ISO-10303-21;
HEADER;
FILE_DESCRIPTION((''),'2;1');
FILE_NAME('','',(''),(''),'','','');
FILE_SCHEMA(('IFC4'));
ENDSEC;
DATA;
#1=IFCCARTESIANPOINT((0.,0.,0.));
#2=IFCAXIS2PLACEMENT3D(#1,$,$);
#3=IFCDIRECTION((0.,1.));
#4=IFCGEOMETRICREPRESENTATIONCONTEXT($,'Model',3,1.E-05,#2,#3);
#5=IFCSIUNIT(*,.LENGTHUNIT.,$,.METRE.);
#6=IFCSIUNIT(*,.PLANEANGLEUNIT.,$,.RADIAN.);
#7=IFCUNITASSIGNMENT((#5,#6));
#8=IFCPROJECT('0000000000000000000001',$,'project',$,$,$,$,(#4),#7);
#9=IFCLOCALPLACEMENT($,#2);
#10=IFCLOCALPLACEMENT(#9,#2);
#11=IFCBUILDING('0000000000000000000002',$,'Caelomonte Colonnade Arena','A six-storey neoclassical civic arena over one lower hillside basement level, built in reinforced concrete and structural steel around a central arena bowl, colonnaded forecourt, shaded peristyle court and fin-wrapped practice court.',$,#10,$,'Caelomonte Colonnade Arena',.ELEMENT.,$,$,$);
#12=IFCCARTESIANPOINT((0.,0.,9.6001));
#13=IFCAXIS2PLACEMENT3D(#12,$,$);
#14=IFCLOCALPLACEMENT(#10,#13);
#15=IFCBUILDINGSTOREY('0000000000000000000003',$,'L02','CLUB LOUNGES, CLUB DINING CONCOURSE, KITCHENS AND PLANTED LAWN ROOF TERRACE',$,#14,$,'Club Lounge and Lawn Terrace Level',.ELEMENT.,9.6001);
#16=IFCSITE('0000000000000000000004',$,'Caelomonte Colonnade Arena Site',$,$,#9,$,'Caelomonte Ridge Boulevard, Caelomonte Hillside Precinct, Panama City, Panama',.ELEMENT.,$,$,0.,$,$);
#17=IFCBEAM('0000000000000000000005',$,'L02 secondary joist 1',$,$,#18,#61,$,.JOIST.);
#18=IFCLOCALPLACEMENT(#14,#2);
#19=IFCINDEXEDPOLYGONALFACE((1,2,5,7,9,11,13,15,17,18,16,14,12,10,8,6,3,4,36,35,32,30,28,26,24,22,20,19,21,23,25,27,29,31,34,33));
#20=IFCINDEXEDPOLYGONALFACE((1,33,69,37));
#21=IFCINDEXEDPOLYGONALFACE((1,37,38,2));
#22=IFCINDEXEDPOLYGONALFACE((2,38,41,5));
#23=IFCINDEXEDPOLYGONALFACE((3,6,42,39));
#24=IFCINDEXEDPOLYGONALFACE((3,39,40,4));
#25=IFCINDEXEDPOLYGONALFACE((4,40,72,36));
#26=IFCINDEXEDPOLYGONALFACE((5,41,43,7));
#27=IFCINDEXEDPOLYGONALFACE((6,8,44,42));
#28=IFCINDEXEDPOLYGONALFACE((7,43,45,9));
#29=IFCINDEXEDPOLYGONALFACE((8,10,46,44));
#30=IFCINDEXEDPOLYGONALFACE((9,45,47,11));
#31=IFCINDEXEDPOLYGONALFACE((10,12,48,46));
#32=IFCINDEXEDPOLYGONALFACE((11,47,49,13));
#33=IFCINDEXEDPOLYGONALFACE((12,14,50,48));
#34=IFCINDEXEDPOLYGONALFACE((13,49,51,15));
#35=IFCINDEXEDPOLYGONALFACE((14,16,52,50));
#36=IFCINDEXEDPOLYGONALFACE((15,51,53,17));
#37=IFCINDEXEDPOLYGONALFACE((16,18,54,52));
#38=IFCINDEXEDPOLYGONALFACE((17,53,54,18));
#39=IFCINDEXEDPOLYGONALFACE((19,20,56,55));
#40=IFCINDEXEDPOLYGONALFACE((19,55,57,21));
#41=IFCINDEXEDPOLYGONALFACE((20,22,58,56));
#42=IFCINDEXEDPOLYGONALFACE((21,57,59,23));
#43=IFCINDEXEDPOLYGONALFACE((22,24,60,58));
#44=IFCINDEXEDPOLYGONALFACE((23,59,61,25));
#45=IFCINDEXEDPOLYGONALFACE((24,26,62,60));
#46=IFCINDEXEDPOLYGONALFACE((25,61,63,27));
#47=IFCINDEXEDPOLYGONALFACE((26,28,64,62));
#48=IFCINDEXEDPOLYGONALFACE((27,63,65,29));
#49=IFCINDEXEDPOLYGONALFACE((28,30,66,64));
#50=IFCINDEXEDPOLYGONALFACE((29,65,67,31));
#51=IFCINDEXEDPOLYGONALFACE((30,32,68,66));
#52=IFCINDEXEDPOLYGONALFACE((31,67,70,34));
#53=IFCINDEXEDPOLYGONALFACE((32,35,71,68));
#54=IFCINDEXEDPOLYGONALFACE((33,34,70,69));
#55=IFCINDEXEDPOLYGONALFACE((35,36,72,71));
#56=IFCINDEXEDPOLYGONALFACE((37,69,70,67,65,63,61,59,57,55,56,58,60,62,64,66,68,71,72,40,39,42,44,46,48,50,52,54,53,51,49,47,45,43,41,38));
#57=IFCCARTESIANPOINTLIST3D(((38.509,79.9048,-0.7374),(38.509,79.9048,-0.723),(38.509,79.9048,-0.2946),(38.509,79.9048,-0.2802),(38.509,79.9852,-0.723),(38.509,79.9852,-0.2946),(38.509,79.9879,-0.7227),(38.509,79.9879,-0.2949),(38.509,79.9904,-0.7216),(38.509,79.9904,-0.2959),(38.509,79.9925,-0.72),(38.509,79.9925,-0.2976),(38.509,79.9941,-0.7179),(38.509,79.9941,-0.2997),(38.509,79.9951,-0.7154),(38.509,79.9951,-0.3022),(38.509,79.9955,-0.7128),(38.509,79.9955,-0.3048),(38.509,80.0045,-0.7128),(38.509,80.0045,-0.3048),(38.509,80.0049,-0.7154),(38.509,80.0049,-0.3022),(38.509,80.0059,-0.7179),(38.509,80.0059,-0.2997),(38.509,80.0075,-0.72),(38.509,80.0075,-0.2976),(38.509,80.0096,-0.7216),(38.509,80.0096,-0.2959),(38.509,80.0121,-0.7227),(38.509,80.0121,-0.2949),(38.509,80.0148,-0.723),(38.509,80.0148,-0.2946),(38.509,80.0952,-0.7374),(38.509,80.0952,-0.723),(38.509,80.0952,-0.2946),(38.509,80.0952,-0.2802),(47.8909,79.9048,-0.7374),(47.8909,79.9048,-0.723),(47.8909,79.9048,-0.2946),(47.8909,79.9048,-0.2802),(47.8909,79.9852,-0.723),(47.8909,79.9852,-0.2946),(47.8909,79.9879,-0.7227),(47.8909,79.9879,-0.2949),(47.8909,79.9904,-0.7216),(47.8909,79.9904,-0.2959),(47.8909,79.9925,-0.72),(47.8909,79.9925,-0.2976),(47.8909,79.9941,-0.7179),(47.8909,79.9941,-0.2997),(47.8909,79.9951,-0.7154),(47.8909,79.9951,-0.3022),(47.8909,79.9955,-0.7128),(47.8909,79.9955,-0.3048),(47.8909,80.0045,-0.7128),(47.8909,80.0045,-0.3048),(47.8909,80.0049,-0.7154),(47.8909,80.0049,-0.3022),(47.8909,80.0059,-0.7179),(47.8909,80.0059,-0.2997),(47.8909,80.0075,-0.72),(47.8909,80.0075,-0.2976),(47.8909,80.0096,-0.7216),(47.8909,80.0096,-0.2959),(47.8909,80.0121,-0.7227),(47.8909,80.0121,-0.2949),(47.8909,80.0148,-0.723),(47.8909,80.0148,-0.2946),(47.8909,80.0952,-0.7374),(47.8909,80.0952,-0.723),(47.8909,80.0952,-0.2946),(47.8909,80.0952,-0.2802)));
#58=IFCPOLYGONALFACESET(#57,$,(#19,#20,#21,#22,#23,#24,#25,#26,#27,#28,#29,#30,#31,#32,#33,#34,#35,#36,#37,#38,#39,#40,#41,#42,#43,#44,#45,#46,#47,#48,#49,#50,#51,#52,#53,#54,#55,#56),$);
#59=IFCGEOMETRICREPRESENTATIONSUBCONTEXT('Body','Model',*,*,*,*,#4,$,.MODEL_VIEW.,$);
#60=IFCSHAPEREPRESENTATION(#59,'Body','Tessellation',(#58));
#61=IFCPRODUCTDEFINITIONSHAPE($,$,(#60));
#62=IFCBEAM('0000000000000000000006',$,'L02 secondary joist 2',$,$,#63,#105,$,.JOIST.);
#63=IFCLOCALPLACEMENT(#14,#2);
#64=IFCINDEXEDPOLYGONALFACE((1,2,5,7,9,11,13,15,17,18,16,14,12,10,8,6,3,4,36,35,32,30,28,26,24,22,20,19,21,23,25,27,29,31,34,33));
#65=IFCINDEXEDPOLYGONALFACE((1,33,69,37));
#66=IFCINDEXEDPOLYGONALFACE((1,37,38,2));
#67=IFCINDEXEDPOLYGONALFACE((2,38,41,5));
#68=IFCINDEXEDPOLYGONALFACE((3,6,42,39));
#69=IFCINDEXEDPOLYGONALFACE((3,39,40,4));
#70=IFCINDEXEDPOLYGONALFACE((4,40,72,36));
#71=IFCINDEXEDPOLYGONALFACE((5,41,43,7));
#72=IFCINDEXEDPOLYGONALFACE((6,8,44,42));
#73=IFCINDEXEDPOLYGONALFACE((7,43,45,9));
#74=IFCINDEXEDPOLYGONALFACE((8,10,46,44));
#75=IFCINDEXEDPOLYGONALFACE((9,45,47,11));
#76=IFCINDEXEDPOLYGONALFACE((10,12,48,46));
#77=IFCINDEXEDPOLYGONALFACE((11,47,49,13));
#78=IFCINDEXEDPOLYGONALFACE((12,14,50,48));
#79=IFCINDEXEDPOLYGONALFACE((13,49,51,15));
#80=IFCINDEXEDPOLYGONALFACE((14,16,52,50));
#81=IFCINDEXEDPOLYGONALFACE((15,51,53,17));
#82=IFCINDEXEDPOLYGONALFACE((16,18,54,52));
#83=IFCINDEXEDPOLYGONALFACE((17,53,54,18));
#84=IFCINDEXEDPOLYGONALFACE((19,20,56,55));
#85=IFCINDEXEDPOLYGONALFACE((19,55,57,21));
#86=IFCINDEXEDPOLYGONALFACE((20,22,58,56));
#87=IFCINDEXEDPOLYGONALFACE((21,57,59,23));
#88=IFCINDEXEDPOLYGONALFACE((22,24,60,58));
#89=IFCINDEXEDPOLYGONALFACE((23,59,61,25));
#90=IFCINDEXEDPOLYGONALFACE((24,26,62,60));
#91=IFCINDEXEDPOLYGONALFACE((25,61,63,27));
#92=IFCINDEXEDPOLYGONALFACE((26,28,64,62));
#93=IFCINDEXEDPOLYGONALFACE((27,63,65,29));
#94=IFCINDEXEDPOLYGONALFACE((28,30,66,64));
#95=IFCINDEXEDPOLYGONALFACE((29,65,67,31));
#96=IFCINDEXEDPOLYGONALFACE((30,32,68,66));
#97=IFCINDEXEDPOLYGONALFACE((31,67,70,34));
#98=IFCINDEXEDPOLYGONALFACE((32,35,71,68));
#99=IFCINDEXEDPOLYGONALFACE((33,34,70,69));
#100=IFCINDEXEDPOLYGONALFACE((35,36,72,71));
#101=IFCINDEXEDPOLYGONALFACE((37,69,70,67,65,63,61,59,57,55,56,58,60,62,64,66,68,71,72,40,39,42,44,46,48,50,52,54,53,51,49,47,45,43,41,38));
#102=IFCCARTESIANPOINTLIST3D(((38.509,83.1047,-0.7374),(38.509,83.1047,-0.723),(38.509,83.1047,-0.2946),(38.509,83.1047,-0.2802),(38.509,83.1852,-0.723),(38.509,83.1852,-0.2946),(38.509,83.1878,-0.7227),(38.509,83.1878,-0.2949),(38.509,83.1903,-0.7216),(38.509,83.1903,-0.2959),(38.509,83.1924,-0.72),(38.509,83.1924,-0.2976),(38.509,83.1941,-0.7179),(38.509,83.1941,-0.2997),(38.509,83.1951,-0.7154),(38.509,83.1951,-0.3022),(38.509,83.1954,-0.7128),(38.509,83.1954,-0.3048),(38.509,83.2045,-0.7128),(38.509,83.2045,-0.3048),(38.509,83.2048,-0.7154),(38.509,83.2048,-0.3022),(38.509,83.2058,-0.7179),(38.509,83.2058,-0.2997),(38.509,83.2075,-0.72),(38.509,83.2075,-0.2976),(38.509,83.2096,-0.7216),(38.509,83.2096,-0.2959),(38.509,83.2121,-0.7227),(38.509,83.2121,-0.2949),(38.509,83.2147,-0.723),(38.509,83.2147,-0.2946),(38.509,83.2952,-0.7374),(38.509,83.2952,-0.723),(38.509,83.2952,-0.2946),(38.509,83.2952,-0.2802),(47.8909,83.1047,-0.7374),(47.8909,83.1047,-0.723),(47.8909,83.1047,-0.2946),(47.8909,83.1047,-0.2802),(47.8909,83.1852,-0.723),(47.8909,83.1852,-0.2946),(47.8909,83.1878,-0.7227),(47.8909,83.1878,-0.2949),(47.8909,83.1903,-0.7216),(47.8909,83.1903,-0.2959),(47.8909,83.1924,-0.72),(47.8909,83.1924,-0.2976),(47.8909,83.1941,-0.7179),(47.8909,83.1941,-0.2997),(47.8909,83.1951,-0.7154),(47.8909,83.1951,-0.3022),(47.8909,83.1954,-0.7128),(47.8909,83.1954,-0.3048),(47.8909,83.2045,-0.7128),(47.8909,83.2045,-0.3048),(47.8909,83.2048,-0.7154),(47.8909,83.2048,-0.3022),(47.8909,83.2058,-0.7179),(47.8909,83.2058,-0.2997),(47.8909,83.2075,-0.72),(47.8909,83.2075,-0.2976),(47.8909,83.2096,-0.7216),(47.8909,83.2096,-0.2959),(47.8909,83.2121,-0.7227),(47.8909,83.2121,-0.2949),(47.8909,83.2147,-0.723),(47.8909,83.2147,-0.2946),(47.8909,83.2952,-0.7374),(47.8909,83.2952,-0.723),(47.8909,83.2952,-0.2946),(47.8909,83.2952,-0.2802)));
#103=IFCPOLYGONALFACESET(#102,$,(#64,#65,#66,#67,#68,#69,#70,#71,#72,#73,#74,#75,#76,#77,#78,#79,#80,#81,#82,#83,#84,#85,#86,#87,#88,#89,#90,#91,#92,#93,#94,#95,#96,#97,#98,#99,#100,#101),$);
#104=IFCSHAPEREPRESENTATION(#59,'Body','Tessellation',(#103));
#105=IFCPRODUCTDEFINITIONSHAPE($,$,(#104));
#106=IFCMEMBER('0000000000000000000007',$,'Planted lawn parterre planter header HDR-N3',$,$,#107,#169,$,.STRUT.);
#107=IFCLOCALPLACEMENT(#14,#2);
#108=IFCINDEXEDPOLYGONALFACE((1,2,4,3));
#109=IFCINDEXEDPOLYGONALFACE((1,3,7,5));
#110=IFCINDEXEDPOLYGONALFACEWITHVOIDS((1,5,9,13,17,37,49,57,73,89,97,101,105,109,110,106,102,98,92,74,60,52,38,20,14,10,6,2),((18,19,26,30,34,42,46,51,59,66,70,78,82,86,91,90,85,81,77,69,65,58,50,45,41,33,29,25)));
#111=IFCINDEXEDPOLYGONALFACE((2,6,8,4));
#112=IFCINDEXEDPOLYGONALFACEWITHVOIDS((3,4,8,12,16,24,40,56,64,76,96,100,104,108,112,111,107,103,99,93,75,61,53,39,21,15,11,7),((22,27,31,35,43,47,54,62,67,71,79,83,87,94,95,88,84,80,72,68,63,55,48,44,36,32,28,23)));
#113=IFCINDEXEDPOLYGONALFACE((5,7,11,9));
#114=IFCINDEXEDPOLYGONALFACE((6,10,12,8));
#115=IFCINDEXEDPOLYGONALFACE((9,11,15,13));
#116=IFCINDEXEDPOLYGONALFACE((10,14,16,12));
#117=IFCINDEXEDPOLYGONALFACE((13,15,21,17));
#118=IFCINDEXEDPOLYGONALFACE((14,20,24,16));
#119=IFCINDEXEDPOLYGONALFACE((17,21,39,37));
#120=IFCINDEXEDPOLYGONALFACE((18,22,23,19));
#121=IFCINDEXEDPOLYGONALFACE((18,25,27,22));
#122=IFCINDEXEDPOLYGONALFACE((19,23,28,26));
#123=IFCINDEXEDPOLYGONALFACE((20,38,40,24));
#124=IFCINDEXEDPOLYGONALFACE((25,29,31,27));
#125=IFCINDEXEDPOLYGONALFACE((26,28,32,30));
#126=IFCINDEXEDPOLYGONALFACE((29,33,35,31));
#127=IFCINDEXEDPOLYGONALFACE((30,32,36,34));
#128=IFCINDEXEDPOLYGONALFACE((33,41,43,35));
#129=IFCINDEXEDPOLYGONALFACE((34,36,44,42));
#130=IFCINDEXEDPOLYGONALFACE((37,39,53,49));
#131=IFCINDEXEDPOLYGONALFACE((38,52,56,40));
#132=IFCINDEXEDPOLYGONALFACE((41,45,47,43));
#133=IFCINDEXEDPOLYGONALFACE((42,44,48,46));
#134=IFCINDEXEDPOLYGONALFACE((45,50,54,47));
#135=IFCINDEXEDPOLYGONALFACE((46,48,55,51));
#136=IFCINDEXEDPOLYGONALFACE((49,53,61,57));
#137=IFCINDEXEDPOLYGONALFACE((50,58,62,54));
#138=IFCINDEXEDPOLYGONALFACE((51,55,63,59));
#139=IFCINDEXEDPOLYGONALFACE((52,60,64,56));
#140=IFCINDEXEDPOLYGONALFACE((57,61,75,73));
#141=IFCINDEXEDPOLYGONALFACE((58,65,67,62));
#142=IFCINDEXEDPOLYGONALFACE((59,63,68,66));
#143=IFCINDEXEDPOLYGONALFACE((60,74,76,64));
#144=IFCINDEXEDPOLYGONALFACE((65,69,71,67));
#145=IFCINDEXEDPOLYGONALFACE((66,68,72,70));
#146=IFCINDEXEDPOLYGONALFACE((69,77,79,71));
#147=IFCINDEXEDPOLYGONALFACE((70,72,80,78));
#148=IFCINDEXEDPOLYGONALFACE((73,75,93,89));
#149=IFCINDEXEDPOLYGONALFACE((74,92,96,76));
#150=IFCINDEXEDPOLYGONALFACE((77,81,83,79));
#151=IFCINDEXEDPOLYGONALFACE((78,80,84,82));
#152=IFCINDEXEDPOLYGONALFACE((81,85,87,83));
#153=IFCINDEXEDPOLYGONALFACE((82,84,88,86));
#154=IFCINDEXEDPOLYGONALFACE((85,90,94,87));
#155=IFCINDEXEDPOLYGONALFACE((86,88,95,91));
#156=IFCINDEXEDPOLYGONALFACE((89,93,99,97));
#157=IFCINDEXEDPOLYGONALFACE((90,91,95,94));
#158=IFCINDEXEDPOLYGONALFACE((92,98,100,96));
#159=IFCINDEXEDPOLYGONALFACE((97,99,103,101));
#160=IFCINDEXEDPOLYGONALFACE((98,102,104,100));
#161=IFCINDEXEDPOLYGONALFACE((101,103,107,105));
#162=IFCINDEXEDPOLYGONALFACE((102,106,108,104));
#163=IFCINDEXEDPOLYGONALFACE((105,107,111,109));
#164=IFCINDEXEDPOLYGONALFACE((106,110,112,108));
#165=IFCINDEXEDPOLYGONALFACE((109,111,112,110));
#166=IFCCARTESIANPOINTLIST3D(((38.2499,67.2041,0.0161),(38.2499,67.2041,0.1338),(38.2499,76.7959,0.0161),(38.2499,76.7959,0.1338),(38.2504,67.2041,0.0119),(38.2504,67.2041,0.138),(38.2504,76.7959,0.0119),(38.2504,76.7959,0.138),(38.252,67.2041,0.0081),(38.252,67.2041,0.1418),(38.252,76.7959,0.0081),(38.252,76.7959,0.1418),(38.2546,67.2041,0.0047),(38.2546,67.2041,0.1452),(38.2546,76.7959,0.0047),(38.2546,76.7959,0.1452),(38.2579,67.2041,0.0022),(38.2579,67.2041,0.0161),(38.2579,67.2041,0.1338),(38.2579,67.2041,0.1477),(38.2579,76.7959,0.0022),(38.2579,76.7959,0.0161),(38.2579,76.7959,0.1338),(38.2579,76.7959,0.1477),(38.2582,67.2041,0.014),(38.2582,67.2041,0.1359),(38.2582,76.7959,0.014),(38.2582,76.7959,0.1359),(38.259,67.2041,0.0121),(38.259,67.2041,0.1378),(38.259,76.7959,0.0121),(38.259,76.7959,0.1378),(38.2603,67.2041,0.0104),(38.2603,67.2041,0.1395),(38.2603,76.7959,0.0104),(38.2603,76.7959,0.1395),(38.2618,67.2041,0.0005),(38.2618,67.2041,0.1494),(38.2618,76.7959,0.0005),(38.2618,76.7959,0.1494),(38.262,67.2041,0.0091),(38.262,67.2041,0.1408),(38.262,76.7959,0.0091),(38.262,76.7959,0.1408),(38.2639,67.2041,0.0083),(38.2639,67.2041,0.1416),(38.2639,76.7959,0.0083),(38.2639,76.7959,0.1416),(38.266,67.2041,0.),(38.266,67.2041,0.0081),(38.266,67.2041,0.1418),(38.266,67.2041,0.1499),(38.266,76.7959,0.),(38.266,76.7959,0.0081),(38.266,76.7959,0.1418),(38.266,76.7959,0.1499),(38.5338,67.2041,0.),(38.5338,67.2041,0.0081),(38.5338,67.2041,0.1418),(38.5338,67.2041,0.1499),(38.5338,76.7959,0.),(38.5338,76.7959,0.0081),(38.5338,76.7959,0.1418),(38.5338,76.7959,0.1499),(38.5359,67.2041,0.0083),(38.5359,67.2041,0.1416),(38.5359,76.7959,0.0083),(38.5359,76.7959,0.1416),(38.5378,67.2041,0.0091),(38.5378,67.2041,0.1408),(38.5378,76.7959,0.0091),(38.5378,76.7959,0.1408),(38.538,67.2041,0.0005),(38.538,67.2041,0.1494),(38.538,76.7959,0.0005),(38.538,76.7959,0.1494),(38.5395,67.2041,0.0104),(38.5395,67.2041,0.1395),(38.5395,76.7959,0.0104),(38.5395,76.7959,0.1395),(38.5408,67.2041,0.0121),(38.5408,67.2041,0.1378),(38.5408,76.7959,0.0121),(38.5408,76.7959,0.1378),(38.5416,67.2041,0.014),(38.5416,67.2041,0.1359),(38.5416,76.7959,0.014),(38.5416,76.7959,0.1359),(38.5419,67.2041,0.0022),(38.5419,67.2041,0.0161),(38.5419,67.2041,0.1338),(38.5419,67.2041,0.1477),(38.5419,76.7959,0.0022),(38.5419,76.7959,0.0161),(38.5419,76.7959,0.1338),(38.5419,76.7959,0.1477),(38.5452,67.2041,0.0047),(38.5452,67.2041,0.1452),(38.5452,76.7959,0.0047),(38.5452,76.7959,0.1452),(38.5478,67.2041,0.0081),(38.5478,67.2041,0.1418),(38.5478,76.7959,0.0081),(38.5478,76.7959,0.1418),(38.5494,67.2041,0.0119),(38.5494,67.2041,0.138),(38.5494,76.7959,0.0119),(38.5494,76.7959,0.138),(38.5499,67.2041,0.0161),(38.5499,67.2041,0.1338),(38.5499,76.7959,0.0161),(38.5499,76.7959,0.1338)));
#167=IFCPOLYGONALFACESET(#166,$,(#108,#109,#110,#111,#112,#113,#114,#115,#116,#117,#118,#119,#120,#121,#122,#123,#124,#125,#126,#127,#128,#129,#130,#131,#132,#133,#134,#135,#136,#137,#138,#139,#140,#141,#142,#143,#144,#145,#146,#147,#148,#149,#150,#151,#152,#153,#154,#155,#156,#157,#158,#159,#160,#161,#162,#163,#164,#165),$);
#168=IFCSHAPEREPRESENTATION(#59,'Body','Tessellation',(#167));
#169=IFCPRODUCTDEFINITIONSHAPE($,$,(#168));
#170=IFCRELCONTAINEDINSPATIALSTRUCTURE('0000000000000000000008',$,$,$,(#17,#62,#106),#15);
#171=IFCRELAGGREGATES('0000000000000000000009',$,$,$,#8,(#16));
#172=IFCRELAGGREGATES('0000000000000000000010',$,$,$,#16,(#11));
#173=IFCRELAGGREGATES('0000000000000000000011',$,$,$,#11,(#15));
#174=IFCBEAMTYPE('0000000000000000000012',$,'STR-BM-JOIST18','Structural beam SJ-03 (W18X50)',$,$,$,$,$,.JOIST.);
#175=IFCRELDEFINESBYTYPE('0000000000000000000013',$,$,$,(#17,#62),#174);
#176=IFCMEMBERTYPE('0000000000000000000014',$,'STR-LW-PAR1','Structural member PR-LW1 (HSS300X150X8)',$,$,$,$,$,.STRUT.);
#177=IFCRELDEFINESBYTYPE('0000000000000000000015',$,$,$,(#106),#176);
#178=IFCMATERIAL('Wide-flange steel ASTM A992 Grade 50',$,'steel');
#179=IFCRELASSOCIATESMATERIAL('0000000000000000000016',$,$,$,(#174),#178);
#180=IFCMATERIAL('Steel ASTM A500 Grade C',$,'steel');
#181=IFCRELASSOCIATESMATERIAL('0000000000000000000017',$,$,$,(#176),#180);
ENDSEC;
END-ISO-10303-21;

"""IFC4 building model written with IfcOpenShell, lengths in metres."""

from ifc_helpers import new_model, si_unit, direction, frame, origin, origin_2d, place, context, subcontext, project, spatial, hollow_rectangle, i_section, extrude, material, material_profile, profile_set, type_object, element, save


model = new_model("IFC4")

# Units and contexts
model_context = context("Model", 3, precision=1e-05, world=origin(), true_north=direction((0.0, 1.0)))
body_context = subcontext(model_context, "Body", "Model", "MODEL_VIEW")
ifc_project = project(units=[si_unit("LENGTHUNIT", "METRE"), si_unit("PLANEANGLEUNIT", "RADIAN")], contexts=[model_context])

# Site, building, storey
site_placement = place(None, origin())
site = spatial("IfcSite", under=ifc_project, at=site_placement, Name="Caelomonte Colonnade Arena Site", LongName="Caelomonte Ridge Boulevard, Caelomonte Hillside Precinct, Panama City, Panama", CompositionType="ELEMENT", RefElevation=0.0)
building_placement = place(site_placement, origin())
building = spatial("IfcBuilding", under=site, at=building_placement, Name="Caelomonte Colonnade Arena", Description="A six-storey neoclassical civic arena over one lower hillside basement level, built in reinforced concrete and structural steel around a central arena bowl, colonnaded forecourt, shaded peristyle court and fin-wrapped practice court.", LongName="Caelomonte Colonnade Arena", CompositionType="ELEMENT")
storey_placement = place(building_placement, frame((0.0, 0.0, 9.6001)))
storey = spatial("IfcBuildingStorey", under=building, at=storey_placement, Name="L02", Description="CLUB LOUNGES, CLUB DINING CONCOURSE, KITCHENS AND PLANTED LAWN ROOF TERRACE", LongName="Club Lounge and Lawn Terrace Level", CompositionType="ELEMENT", Elevation=9.6001)

# Beams
ifc_material_1 = material(Name="Wide-flange steel ASTM A992 Grade 50", Category="steel")
ifc_material_profile_1 = material_profile(ifc_material_1, i_section(OverallWidth=0.1904, OverallDepth=0.4573, WebThickness=0.009, FlangeThickness=0.0144, FilletRadius=0.0103, at=origin_2d()), Name="W18X50")
ifc_profile_set_1 = profile_set([ifc_material_profile_1], Name="Wide-flange steel ASTM A992 Grade 50")
beam_type_1 = type_object("IfcBeamType", Name="STR-BM-JOIST18", Description="Structural beam SJ-03 (W18X50)", PredefinedType="JOIST", material=ifc_profile_set_1)
for number, where, z_axis, x_axis, name in (
    (1, (38.509, 80.0, -0.5088), (1.0, 0.0, 0.0), (0.0, 1.0, 0.0), "L02 secondary joist 1"),
    (2, (38.509, 83.2, -0.5088), (1.0, 0.0, 0.0), (0.0, 1.0, 0.0), "L02 secondary joist 2"),
):
    element("IfcBeam", number, at=place(storey_placement, frame(where, z_axis=z_axis, x_axis=x_axis)), inside=storey, type_object=beam_type_1, Name=name, PredefinedType="JOIST", context=body_context, shape_type="SweptSolid", body=[
        extrude(i_section(OverallWidth=0.1904, OverallDepth=0.4573, WebThickness=0.009, FlangeThickness=0.0144, FilletRadius=0.0103, at=origin_2d()), origin(), (0.0, 0.0, 1.0), 9.3818),
    ])

# Member
ifc_material_2 = material(Name="Steel ASTM A500 Grade C", Category="steel")
ifc_material_profile_2 = material_profile(ifc_material_2, hollow_rectangle(XDim=0.3, YDim=0.1499, WallThickness=0.0081, InnerFilletRadius=0.0081, OuterFilletRadius=0.0161, at=origin_2d()), Name="HSS300X150X8")
ifc_profile_set_2 = profile_set([ifc_material_profile_2], Name="Steel ASTM A500 Grade C")
member_type = type_object("IfcMemberType", Name="STR-LW-PAR1", Description="Structural member PR-LW1 (HSS300X150X8)", PredefinedType="STRUT", material=ifc_profile_set_2)
member_1_placement = place(storey_placement, frame((38.3999, 67.2041, 0.075), z_axis=(0.0, 1.0, 0.0), x_axis=(-1.0, 0.0, 0.0)))
element("IfcMember", 3, at=member_1_placement, inside=storey, type_object=member_type, Name="Planted lawn parterre planter header HDR-N3", PredefinedType="STRUT", context=body_context, shape_type="SweptSolid", body=[
    extrude(hollow_rectangle(XDim=0.3, YDim=0.1499, WallThickness=0.0081, InnerFilletRadius=0.0081, OuterFilletRadius=0.0161, at=origin_2d()), origin(), (0.0, 0.0, 1.0), 9.5918),
])

save(model, "model.ifc")
